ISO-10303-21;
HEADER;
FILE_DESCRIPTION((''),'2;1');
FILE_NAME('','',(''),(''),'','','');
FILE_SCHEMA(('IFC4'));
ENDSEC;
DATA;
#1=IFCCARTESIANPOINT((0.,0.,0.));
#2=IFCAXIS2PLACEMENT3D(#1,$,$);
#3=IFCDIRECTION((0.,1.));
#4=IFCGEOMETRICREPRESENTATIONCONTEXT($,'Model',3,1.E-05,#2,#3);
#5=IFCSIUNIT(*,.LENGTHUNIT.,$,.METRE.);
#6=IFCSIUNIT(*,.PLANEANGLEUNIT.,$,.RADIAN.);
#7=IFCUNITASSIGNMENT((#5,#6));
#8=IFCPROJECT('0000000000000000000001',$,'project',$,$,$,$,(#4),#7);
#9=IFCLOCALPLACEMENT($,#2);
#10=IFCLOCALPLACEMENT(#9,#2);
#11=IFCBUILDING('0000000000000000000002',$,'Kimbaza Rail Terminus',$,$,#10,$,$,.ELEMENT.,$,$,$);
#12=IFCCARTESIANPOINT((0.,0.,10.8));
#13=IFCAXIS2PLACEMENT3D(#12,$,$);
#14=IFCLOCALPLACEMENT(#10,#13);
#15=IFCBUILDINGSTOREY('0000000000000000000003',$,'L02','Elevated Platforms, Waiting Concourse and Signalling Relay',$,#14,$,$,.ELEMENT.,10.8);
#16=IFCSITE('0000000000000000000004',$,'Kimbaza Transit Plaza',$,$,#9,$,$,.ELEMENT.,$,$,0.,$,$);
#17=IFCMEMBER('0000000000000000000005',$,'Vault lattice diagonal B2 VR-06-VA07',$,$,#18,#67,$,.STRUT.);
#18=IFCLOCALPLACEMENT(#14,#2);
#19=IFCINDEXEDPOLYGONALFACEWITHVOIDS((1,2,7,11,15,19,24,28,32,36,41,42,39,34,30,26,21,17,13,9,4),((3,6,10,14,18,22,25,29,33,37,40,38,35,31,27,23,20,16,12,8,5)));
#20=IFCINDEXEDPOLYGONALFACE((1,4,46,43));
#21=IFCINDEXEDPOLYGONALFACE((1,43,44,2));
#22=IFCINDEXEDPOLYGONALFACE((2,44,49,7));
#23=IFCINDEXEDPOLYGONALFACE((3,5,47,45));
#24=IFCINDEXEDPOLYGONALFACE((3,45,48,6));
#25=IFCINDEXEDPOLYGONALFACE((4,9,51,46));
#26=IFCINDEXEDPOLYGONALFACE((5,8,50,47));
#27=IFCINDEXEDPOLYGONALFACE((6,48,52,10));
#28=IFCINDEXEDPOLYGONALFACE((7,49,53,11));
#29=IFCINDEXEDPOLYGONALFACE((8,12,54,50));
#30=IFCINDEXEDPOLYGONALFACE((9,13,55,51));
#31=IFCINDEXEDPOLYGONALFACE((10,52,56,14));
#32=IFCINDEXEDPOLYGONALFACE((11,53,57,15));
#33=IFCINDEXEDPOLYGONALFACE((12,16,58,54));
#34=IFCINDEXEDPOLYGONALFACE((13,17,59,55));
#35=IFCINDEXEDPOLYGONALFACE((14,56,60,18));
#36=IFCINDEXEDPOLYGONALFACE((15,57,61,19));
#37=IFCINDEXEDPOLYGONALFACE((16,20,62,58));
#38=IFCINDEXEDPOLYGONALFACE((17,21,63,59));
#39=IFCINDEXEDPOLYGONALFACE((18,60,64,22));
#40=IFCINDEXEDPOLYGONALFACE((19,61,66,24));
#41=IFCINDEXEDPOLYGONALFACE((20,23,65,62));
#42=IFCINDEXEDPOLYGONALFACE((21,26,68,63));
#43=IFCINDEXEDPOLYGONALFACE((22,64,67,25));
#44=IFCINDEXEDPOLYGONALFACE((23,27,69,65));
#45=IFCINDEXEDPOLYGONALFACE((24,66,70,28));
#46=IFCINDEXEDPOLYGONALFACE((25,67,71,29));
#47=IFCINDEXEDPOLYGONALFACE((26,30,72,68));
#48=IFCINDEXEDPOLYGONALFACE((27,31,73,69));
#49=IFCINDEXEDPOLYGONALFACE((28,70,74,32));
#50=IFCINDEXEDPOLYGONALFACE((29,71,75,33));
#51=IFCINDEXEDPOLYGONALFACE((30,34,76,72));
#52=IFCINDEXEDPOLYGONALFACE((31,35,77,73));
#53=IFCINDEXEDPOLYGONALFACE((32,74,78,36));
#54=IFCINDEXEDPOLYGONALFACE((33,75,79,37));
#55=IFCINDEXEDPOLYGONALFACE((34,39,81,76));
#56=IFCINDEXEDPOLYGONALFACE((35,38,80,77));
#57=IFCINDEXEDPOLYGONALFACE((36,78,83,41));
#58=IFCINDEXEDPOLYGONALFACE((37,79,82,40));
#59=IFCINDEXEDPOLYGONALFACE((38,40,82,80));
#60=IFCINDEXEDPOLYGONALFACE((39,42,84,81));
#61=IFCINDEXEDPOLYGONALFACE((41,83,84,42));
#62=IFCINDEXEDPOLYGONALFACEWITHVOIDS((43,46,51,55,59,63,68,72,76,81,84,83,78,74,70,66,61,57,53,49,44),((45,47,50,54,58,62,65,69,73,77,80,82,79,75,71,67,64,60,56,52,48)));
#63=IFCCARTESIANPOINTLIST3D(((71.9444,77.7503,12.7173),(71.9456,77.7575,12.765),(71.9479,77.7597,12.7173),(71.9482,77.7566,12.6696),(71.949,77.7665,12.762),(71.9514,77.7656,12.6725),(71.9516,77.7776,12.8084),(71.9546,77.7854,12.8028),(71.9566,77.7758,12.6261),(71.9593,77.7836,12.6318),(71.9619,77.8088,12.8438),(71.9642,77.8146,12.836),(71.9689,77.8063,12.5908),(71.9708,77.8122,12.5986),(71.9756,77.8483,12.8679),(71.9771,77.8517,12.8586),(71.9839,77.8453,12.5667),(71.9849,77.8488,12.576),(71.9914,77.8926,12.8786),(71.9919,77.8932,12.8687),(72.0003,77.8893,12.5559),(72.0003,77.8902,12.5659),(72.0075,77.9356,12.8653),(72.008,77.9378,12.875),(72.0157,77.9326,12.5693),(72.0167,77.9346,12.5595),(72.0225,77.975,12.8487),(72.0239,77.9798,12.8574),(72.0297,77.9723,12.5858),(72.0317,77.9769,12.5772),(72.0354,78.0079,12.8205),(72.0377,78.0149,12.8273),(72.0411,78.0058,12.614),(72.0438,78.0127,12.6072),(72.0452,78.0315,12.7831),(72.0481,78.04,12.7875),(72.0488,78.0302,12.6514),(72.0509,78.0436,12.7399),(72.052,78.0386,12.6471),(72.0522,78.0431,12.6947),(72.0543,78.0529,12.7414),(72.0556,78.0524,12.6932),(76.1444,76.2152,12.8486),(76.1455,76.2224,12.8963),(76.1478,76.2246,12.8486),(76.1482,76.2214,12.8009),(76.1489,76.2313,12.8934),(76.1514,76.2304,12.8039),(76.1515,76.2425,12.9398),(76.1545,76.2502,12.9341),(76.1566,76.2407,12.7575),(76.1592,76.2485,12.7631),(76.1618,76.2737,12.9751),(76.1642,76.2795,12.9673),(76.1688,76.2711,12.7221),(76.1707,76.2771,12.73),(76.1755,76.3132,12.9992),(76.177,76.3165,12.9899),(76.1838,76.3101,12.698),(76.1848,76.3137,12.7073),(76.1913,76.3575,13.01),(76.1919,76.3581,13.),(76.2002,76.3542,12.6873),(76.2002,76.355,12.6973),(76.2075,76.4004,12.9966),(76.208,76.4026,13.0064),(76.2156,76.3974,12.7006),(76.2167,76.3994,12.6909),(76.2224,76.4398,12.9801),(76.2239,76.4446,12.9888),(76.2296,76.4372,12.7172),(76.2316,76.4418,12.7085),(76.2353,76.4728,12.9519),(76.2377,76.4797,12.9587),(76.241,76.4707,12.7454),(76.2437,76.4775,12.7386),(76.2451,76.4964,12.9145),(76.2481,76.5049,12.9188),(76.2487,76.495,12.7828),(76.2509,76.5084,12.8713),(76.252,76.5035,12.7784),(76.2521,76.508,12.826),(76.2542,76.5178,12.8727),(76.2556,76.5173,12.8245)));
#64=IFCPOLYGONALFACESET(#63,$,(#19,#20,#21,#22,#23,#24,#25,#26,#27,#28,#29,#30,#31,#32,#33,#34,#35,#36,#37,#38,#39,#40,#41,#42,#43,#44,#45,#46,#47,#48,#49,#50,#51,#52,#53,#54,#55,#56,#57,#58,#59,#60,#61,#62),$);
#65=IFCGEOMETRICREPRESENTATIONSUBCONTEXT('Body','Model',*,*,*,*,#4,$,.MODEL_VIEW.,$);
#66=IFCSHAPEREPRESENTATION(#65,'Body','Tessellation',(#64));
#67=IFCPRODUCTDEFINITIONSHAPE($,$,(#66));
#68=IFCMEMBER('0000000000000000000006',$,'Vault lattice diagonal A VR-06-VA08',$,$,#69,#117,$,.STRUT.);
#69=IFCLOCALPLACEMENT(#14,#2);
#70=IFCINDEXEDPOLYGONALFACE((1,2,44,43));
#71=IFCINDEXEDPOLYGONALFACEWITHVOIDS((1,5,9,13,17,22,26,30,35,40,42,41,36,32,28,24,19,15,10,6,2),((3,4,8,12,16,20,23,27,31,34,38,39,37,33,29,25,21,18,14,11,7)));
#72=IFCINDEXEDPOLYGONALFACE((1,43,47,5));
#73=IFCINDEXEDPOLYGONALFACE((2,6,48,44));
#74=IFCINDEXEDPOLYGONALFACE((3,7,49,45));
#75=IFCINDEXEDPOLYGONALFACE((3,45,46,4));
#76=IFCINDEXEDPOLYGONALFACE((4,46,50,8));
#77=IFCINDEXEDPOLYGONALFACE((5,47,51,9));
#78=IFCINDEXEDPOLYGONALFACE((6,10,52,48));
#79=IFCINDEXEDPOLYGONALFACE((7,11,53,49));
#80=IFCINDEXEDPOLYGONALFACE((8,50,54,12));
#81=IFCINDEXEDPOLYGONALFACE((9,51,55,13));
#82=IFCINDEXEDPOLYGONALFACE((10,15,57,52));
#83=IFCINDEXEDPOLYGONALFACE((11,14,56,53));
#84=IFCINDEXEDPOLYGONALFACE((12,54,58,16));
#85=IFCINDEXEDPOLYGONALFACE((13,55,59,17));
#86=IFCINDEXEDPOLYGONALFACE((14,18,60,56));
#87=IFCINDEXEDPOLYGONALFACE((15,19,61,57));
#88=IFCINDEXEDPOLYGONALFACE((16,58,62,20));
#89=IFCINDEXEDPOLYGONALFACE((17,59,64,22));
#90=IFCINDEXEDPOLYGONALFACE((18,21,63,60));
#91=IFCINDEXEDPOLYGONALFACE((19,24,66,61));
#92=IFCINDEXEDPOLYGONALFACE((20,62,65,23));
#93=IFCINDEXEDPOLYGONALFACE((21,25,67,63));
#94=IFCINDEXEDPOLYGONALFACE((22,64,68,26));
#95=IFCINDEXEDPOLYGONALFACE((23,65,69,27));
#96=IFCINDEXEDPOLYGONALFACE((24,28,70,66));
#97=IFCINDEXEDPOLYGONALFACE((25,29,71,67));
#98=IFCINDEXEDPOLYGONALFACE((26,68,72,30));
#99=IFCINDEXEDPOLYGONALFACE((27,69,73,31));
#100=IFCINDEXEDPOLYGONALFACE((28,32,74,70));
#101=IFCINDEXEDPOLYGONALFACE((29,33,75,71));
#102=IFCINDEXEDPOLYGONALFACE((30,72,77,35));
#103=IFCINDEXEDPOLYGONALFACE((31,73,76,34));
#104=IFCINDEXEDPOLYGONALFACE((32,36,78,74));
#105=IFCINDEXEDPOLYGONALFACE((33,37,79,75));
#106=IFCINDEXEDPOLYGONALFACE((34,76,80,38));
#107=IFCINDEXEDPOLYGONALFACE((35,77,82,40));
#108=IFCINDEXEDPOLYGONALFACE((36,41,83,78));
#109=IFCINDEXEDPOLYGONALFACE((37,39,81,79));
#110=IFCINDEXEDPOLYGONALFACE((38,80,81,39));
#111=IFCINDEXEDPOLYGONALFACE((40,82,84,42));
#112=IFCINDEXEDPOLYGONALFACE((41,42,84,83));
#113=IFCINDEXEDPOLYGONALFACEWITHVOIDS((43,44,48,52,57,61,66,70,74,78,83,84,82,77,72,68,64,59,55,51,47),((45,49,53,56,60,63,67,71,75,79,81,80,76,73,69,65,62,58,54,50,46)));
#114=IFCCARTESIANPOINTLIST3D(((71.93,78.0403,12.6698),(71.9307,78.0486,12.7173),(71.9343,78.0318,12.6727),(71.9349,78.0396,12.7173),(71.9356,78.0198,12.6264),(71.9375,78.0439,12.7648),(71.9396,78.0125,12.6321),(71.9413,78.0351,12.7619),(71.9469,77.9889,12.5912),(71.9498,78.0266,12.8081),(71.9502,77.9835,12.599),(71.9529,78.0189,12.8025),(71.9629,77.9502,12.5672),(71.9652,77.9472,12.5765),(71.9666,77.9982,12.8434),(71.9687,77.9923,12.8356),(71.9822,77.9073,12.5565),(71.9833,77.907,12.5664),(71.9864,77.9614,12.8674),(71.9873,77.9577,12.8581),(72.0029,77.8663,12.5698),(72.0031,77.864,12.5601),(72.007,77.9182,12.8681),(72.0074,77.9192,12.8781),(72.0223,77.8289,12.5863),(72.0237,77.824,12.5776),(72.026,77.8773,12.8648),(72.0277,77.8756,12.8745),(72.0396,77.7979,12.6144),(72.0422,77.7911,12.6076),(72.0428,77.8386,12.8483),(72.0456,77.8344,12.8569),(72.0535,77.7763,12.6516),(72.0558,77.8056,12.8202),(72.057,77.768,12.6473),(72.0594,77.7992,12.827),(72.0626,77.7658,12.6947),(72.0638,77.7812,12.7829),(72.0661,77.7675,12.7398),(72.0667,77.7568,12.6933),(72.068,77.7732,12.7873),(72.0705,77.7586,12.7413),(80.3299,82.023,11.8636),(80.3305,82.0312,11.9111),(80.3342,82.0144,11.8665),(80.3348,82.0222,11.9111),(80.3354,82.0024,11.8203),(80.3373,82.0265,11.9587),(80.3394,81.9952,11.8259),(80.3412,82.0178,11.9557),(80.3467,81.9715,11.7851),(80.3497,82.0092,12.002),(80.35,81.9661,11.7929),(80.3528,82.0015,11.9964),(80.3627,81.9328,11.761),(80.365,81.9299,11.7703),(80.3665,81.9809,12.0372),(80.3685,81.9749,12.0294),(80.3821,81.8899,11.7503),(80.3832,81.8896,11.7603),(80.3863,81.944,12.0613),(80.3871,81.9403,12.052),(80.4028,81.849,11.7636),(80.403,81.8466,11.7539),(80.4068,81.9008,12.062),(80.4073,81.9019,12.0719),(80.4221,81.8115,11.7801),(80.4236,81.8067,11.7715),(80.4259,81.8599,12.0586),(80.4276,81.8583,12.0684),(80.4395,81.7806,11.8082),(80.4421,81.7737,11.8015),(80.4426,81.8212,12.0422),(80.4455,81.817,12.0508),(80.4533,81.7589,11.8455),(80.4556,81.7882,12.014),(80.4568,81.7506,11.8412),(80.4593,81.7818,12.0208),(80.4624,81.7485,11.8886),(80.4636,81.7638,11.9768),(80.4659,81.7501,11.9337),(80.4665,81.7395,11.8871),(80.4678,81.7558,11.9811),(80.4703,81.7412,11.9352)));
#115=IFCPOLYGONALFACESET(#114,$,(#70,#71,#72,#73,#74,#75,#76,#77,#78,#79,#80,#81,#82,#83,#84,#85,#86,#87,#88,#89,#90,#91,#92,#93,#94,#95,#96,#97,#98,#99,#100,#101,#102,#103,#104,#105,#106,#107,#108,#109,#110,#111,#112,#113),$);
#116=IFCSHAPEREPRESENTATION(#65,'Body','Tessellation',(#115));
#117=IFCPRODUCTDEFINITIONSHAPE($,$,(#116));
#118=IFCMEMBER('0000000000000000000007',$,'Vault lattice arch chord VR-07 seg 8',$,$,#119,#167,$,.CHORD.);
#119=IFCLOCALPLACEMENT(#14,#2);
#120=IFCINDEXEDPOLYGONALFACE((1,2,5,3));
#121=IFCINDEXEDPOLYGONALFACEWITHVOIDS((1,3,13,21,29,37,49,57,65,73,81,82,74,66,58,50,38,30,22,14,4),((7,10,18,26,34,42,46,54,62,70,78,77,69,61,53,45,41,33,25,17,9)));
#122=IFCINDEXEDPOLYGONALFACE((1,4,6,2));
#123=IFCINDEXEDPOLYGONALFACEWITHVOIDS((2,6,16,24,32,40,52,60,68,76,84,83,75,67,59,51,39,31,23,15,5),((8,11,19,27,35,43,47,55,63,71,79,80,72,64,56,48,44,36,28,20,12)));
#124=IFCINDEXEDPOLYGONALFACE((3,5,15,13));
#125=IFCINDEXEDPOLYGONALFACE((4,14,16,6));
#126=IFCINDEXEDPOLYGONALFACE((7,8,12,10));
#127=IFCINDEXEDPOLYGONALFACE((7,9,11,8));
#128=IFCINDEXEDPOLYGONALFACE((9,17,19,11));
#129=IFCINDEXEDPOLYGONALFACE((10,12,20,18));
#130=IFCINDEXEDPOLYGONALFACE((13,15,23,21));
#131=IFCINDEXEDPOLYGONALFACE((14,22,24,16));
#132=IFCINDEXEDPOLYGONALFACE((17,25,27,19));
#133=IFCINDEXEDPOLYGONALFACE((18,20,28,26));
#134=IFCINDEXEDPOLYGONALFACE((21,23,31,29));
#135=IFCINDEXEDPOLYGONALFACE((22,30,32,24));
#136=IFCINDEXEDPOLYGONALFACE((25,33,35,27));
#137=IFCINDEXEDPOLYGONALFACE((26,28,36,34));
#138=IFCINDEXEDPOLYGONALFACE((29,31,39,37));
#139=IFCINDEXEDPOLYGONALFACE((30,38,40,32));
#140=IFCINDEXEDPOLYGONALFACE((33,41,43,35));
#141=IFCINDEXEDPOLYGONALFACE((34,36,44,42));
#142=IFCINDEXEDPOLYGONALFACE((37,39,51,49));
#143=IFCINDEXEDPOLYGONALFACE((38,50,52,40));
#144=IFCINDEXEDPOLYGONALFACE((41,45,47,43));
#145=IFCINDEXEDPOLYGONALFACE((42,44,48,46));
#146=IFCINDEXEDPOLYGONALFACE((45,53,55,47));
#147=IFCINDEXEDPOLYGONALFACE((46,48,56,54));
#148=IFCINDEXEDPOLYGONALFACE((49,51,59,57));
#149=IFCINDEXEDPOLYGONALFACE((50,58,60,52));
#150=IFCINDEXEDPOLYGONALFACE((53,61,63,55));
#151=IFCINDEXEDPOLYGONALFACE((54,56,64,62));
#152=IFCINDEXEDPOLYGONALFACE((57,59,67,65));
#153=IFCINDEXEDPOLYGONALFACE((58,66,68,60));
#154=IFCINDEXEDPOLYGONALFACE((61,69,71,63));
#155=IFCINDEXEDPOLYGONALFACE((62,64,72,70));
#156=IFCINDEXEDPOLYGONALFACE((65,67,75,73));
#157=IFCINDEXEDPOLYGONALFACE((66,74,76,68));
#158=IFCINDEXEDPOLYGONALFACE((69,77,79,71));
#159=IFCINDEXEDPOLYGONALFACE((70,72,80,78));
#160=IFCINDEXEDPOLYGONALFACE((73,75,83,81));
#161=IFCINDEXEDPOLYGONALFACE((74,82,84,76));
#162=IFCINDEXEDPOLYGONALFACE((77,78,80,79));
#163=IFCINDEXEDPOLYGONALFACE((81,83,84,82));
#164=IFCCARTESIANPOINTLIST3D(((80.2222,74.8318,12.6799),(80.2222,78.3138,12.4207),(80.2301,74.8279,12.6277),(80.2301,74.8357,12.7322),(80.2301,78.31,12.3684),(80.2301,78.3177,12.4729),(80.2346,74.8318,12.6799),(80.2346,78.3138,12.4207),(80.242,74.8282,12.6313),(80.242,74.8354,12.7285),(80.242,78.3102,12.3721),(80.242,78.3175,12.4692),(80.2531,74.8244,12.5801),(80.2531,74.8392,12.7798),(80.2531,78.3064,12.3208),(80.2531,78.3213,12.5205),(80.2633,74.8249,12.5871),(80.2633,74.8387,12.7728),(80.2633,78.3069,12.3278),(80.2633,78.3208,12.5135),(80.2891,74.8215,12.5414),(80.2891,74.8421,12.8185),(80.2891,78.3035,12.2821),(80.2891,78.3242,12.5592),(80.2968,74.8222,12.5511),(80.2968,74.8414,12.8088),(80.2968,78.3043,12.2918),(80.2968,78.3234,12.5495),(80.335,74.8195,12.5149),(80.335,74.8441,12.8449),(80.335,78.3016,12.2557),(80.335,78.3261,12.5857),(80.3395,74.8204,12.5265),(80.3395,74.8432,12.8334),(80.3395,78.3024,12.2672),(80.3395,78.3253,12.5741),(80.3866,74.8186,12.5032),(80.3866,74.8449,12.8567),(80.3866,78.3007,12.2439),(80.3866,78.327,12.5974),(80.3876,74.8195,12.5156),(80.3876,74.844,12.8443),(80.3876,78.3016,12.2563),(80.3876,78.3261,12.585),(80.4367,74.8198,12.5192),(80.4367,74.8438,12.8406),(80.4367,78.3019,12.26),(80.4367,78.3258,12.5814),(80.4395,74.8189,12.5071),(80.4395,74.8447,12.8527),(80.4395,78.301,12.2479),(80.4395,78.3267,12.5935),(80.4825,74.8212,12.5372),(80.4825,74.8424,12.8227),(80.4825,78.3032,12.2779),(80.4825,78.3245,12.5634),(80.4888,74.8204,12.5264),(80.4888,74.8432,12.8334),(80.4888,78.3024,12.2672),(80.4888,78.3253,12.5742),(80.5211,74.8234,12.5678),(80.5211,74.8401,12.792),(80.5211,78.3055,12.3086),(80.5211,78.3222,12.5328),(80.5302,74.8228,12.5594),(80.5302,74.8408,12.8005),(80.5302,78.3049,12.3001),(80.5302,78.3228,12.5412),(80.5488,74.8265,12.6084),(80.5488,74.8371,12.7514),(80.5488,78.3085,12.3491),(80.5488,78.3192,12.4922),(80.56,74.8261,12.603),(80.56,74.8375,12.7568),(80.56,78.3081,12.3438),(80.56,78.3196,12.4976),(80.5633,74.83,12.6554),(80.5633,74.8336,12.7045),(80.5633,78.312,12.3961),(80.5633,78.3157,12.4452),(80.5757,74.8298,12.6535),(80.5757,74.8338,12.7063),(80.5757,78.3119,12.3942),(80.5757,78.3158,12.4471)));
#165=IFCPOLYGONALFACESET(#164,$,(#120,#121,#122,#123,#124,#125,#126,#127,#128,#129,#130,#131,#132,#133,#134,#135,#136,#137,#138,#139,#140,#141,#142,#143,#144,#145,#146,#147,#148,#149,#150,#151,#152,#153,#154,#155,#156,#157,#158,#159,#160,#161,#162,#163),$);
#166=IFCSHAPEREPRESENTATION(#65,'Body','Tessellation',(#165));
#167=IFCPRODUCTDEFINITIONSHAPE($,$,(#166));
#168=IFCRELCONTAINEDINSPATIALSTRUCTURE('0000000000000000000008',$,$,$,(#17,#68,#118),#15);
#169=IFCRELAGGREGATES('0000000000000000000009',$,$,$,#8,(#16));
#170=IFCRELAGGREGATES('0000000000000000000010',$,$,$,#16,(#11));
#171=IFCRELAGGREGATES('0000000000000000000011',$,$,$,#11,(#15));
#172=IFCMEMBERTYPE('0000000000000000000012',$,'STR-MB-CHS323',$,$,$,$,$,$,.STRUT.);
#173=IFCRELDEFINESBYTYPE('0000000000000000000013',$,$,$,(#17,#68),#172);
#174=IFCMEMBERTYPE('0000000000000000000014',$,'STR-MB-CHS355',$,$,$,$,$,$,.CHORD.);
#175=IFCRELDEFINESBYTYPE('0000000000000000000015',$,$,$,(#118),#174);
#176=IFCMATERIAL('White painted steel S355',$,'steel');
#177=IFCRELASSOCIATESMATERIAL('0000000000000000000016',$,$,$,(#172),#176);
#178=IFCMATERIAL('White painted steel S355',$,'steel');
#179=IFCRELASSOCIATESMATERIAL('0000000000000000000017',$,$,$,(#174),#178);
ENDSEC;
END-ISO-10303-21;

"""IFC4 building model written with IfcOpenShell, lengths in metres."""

from ifc_helpers import new_model, si_unit, direction, frame, origin, origin_2d, place, context, subcontext, project, spatial, hollow_circle, extrude, material, material_profile, profile_set, type_object, element, save


model = new_model("IFC4")

# Units and contexts
model_context = context("Model", 3, precision=1e-05, world=origin(), true_north=direction((0.0, 1.0)))
body_context = subcontext(model_context, "Body", "Model", "MODEL_VIEW")
ifc_project = project(units=[si_unit("LENGTHUNIT", "METRE"), si_unit("PLANEANGLEUNIT", "RADIAN")], contexts=[model_context])

# Site, building, storey
site_placement = place(None, origin())
site = spatial("IfcSite", under=ifc_project, at=site_placement, Name="Kimbaza Transit Plaza", CompositionType="ELEMENT", RefElevation=0.0)
building_placement = place(site_placement, origin())
building = spatial("IfcBuilding", under=site, at=building_placement, Name="Kimbaza Rail Terminus", CompositionType="ELEMENT")
storey_placement = place(building_placement, frame((0.0, 0.0, 10.8)))
storey = spatial("IfcBuildingStorey", under=building, at=storey_placement, Name="L02", Description="Elevated Platforms, Waiting Concourse and Signalling Relay", CompositionType="ELEMENT", Elevation=10.8)

# Members
ifc_material_1 = material(Name="White painted steel S355", Category="steel")
ifc_material_profile_1 = material_profile(ifc_material_1, hollow_circle(Radius=0.1619, WallThickness=0.01, at=origin_2d()), Name="CHS 323.9x10")
ifc_profile_set_1 = profile_set([ifc_material_profile_1], Name="White painted steel S355")
member_type_1 = type_object("IfcMemberType", Name="STR-MB-CHS323", PredefinedType="STRUT", material=ifc_profile_set_1)
for number, where, z_axis, x_axis, name in (
    (1, (76.2, 76.3672, 12.8486), (-0.93882, 0.343155, -0.02936), (-0.343303, -0.939225, 0.0), "Vault lattice diagonal B2 VR-06-VA07"),
):
    element("IfcMember", number, at=place(storey_placement, frame(where, z_axis=z_axis, x_axis=x_axis)), inside=storey, type_object=member_type_1, Name=name, PredefinedType="STRUT", context=body_context, shape_type="SweptSolid", body=[
        extrude(hollow_circle(Radius=0.1619, WallThickness=0.01, at=origin_2d()), origin(), (0.0, 0.0, 1.0), 4.4736),
    ])
member_1_placement = place(storey_placement, frame((72.0, 77.9023, 12.7173), z_axis=(0.900203, 0.426815, -0.086394), x_axis=(-0.428417, 0.903581, 0.0)))
element("IfcMember", 2, at=member_1_placement, inside=storey, type_object=member_type_1, Name="Vault lattice diagonal A VR-06-VA08", PredefinedType="STRUT", context=body_context, shape_type="SweptSolid", body=[
    extrude(hollow_circle(Radius=0.1619, WallThickness=0.01, at=origin_2d()), origin(), (0.0, 0.0, 1.0), 9.3311),
])
ifc_material_2 = material(Name="White painted steel S355", Category="steel")
ifc_material_profile_2 = material_profile(ifc_material_2, hollow_circle(Radius=0.1777, WallThickness=0.0125, at=origin_2d()), Name="CHS 355.6x12.5")
ifc_profile_set_2 = profile_set([ifc_material_profile_2], Name="White painted steel S355")
member_type_2 = type_object("IfcMemberType", Name="STR-MB-CHS355", PredefinedType="CHORD", material=ifc_profile_set_2)
member_2_placement = place(storey_placement, frame((80.3999, 74.8318, 12.6799), z_axis=(0.0, 0.997239, -0.074253), x_axis=(-1.0, 0.0, 0.0)))
element("IfcMember", 3, at=member_2_placement, inside=storey, type_object=member_type_2, Name="Vault lattice arch chord VR-07 seg 8", PredefinedType="CHORD", context=body_context, shape_type="SweptSolid", body=[
    extrude(hollow_circle(Radius=0.1777, WallThickness=0.0125, at=origin_2d()), origin(), (0.0, 0.0, 1.0), 3.4917),
])

save(model, "model.ifc")
